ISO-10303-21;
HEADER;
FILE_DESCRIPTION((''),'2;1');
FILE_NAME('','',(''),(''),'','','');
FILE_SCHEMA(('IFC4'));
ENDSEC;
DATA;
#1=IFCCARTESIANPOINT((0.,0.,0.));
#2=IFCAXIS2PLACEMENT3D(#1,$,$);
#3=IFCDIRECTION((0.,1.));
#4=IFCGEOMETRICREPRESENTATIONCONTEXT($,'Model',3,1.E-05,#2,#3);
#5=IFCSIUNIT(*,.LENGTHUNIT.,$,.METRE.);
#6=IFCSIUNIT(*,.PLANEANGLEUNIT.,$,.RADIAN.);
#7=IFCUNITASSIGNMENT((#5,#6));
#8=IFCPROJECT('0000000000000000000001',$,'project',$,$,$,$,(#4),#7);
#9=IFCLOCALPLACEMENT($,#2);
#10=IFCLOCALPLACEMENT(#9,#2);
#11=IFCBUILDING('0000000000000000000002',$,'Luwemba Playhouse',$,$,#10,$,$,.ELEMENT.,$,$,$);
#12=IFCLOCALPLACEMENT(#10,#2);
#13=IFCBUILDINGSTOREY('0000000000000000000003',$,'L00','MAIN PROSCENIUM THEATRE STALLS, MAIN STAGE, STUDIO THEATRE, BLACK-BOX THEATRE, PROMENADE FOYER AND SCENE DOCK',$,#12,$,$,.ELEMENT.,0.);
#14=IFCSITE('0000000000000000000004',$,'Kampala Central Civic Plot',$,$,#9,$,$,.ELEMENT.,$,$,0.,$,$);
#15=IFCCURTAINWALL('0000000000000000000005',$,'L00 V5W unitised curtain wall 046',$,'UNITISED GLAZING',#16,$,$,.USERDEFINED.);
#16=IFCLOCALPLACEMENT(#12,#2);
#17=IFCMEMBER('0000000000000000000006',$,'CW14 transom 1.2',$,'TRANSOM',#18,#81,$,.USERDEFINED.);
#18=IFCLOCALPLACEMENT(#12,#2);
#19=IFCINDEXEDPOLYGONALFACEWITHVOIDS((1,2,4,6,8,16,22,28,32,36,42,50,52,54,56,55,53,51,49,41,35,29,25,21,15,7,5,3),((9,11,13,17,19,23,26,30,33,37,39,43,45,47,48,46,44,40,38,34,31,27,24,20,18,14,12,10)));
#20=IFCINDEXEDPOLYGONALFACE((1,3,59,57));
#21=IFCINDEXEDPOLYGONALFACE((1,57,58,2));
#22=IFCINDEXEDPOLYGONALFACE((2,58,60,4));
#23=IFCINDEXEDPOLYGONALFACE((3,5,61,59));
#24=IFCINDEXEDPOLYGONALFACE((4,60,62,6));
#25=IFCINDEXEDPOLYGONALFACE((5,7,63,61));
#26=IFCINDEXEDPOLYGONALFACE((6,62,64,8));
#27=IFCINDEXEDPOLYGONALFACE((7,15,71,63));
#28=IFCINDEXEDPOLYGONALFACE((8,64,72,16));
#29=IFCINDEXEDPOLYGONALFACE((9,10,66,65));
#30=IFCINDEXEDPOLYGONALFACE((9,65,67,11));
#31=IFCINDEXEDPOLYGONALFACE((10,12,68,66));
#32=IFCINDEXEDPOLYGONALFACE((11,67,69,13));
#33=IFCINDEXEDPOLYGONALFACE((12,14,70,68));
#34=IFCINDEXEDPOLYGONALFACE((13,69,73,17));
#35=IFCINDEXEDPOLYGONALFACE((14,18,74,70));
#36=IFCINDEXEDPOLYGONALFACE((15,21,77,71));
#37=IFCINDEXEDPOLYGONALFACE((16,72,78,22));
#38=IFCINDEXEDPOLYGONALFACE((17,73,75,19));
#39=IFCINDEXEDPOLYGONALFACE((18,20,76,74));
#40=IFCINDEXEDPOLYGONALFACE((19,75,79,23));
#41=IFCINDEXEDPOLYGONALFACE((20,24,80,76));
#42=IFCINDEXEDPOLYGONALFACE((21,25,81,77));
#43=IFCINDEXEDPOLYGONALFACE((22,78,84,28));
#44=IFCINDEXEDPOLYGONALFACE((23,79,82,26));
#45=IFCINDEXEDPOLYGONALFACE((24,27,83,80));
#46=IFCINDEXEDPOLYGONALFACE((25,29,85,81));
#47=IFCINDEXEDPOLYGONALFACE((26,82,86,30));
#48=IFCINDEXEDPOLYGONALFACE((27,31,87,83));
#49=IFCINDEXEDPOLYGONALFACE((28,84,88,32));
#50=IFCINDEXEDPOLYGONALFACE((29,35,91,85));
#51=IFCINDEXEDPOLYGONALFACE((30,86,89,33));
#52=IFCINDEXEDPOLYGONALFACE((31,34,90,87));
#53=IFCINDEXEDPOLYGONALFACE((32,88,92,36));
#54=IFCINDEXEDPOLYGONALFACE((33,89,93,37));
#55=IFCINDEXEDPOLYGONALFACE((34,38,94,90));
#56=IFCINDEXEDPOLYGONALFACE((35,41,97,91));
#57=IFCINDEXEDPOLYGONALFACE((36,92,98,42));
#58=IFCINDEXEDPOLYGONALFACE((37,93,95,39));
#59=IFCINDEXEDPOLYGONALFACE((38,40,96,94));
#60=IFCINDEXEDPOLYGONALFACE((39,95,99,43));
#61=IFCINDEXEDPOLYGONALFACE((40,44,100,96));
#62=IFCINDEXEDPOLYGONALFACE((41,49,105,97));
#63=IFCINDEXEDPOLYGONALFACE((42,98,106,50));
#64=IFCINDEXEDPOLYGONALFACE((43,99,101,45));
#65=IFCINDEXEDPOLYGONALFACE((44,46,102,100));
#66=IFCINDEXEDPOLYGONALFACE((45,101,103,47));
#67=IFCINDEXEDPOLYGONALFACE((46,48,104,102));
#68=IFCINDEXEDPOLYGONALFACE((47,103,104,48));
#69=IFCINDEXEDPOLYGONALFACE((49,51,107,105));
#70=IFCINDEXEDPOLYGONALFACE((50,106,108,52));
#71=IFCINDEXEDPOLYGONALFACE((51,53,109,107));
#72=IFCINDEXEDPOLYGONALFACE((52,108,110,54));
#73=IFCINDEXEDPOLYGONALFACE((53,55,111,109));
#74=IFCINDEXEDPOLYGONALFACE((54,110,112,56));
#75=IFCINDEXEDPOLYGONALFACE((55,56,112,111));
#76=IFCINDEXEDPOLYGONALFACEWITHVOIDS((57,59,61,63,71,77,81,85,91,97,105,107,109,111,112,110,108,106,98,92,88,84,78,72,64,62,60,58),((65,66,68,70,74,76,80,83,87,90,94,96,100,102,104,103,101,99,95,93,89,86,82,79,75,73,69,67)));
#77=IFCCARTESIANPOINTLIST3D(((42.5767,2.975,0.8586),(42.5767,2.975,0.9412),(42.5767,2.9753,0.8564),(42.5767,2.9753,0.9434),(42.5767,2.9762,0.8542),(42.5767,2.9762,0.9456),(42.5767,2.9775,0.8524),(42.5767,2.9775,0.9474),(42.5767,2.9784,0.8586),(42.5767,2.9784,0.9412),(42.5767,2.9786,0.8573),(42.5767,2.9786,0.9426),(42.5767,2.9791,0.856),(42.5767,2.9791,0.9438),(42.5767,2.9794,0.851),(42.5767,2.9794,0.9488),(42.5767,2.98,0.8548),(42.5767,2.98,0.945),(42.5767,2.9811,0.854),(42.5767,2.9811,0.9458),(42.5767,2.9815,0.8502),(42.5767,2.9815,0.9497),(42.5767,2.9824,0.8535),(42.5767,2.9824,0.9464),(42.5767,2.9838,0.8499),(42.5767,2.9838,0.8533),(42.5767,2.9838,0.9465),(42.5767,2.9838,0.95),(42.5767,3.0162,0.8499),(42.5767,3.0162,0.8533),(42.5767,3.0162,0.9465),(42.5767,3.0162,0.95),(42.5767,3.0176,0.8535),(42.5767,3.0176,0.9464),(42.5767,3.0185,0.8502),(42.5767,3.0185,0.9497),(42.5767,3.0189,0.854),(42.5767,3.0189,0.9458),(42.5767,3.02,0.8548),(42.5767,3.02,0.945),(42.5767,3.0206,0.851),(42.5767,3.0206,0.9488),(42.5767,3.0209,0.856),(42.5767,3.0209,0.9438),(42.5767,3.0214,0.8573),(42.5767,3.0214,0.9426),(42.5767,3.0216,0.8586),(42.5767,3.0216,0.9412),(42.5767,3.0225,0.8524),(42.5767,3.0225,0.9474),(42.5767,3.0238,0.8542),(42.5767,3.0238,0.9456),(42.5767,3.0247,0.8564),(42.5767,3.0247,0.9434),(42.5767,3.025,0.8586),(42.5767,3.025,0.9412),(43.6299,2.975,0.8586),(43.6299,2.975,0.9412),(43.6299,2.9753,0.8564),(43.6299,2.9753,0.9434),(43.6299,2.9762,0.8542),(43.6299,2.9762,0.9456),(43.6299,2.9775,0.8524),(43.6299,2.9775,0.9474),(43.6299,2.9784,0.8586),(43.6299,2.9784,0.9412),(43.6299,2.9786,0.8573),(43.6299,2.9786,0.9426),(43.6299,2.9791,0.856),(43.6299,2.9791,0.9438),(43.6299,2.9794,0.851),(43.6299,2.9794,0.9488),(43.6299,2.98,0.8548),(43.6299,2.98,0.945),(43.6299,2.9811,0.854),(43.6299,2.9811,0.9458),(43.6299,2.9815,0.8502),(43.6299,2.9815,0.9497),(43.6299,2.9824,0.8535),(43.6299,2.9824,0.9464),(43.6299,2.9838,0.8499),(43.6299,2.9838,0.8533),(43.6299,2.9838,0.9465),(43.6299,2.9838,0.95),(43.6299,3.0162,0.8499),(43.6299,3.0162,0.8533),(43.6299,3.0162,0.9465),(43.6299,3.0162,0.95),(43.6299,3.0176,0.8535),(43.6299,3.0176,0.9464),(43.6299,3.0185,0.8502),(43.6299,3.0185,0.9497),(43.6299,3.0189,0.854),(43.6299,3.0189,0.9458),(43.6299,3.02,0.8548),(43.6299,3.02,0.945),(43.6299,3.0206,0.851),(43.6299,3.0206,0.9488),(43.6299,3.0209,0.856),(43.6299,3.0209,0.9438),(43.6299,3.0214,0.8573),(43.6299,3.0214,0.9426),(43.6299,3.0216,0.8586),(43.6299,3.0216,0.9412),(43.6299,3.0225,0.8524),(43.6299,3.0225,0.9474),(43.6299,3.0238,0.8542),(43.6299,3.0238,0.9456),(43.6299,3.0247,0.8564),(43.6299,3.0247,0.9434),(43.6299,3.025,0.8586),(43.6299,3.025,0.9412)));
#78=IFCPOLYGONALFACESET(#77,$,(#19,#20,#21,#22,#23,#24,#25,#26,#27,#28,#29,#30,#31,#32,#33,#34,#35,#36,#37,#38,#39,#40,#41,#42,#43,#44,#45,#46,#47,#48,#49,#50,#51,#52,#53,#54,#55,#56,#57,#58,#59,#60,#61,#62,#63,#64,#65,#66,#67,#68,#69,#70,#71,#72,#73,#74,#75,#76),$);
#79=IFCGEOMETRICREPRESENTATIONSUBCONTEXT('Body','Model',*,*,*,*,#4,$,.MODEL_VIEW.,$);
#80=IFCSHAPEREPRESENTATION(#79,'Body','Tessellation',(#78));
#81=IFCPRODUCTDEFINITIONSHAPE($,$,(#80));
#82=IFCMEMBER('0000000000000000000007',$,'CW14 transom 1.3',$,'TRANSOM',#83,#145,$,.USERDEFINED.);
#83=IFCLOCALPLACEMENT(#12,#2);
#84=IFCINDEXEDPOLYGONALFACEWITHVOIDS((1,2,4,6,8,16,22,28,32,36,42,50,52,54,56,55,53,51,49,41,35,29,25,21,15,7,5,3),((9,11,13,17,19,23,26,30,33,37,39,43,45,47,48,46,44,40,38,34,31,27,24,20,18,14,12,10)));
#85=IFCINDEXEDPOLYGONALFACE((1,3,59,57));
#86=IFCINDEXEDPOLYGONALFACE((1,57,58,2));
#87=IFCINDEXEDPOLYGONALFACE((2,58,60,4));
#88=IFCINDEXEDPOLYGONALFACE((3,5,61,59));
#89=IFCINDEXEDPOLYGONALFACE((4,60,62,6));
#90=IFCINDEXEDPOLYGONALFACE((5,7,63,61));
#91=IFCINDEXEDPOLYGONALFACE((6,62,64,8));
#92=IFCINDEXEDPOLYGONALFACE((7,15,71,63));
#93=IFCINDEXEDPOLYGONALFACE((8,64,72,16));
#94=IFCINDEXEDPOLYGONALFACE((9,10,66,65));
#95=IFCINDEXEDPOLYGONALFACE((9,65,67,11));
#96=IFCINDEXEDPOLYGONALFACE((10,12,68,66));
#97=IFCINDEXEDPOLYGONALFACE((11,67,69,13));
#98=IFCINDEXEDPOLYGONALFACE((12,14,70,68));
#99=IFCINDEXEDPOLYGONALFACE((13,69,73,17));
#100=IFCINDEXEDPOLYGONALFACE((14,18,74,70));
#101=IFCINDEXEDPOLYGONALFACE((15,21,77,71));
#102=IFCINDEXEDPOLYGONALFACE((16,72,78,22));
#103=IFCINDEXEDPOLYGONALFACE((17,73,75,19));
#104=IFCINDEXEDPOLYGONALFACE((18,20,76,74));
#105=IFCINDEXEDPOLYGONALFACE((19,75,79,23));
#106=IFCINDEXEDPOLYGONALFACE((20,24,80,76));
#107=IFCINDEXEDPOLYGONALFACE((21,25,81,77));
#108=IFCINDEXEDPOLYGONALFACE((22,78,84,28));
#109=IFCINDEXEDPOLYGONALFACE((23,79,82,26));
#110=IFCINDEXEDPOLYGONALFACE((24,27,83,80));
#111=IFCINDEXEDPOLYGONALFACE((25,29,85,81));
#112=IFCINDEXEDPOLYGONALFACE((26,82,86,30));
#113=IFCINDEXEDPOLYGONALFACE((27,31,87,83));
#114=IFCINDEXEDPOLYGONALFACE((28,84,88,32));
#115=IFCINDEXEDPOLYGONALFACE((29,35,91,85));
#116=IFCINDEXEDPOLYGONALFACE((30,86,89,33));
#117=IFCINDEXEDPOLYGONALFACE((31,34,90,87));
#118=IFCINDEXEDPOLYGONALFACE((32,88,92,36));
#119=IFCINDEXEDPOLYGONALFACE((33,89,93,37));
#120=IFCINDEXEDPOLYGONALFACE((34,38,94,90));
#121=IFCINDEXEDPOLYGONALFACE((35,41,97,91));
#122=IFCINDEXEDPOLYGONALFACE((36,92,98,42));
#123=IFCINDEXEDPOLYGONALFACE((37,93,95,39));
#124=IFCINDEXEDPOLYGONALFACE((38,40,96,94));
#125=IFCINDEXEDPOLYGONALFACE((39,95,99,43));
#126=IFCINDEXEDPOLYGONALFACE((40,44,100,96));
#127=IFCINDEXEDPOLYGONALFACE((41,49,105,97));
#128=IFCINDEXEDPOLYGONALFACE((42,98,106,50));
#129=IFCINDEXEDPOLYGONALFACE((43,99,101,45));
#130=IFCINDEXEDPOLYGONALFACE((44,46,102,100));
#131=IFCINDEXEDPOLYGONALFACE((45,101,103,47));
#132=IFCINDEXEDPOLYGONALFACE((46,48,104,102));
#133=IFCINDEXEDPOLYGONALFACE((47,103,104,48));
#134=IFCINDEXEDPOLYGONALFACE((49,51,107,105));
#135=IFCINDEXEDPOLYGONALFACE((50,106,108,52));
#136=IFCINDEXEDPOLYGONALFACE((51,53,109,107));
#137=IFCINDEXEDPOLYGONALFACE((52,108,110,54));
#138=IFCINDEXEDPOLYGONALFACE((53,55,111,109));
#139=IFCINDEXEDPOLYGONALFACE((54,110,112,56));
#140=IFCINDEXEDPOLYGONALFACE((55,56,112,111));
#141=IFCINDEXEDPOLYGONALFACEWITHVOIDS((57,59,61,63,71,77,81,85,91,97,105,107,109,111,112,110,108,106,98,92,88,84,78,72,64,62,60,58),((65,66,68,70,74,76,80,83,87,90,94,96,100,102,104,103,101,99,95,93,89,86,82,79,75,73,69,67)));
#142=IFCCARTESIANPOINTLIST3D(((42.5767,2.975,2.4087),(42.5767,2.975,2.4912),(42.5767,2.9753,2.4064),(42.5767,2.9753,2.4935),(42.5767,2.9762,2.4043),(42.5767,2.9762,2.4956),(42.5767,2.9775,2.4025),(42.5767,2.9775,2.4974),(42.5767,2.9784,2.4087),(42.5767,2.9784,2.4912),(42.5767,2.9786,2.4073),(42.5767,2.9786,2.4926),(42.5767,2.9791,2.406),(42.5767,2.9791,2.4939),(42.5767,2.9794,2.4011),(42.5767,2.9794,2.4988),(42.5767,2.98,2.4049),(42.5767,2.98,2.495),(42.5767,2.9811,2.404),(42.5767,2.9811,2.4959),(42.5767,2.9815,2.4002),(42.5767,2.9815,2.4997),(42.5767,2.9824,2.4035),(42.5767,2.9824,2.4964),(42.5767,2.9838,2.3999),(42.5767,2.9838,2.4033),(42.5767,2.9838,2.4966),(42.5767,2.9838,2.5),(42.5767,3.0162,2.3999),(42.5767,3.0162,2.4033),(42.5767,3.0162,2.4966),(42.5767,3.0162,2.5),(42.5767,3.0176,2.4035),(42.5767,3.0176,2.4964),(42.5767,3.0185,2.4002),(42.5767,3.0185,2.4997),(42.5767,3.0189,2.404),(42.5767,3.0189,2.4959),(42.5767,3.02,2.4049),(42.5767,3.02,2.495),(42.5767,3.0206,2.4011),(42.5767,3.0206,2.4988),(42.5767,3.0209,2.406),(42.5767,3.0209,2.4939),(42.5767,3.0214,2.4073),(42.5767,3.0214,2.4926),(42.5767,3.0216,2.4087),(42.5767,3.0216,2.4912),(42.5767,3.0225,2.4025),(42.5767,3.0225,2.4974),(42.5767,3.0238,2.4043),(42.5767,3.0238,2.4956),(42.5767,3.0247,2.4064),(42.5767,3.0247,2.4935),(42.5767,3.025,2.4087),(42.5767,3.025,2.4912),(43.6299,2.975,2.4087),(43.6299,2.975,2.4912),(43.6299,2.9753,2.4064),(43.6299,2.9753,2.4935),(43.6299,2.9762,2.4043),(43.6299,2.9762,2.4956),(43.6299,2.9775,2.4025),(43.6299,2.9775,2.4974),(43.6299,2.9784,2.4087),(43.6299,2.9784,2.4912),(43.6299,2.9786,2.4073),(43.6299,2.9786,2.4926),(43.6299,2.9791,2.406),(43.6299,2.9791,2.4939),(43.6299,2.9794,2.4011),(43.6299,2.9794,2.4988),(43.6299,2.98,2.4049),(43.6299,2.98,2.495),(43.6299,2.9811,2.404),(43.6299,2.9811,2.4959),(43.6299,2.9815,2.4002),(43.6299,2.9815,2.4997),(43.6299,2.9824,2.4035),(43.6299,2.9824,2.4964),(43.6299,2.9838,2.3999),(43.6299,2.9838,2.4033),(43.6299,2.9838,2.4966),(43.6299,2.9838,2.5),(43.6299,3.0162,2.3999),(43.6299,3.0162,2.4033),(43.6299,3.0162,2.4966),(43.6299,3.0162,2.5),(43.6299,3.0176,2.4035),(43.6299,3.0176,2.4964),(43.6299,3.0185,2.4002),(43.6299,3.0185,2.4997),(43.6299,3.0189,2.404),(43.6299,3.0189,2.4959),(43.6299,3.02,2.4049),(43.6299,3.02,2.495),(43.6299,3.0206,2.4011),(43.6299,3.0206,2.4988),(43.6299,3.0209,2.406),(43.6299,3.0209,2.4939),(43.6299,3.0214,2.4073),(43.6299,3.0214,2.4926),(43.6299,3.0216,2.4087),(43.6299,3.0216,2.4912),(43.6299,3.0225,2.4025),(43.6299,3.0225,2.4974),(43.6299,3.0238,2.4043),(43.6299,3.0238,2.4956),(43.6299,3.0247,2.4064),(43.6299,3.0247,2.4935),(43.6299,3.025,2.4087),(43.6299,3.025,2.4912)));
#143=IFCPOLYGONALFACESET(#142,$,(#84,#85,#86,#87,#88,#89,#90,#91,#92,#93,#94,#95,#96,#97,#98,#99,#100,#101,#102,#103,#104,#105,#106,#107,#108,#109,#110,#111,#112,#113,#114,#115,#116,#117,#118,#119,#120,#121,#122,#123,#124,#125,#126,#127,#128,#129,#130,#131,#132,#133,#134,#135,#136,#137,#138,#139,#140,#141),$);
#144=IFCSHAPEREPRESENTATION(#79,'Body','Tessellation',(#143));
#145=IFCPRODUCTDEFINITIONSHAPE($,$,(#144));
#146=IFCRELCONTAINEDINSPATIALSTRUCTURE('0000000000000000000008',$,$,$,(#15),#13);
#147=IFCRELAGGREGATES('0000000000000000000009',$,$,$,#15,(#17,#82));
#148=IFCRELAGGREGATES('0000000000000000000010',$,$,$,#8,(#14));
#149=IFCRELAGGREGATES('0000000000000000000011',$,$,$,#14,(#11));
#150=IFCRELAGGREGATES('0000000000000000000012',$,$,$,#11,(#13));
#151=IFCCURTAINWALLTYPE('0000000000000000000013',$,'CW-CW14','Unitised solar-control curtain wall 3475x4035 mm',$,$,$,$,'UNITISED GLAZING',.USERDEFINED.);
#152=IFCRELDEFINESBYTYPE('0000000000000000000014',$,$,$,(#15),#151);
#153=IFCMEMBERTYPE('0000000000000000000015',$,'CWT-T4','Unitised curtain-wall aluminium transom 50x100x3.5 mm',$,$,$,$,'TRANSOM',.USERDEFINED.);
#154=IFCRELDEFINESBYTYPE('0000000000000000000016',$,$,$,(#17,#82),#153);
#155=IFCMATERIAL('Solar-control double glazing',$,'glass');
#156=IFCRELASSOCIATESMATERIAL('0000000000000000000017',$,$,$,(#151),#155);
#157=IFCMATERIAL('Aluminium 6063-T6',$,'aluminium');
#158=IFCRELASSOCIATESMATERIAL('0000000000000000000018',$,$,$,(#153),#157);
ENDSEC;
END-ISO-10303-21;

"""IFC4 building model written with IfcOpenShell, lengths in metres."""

from ifc_helpers import new_model, si_unit, direction, frame, origin, origin_2d, place, context, subcontext, project, spatial, hollow_rectangle, extrude, material, material_profile, profile_set, type_object, element, aggregate, save


model = new_model("IFC4")

# Units and contexts
model_context = context("Model", 3, precision=1e-05, world=origin(), true_north=direction((0.0, 1.0)))
body_context = subcontext(model_context, "Body", "Model", "MODEL_VIEW")
ifc_project = project(units=[si_unit("LENGTHUNIT", "METRE"), si_unit("PLANEANGLEUNIT", "RADIAN")], contexts=[model_context])

# Site, building, storey
site_placement = place(None, origin())
site = spatial("IfcSite", under=ifc_project, at=site_placement, Name="Kampala Central Civic Plot", CompositionType="ELEMENT", RefElevation=0.0)
building_placement = place(site_placement, origin())
building = spatial("IfcBuilding", under=site, at=building_placement, Name="Luwemba Playhouse", CompositionType="ELEMENT")
storey_placement = place(building_placement, origin())
storey = spatial("IfcBuildingStorey", under=building, at=storey_placement, Name="L00", Description="MAIN PROSCENIUM THEATRE STALLS, MAIN STAGE, STUDIO THEATRE, BLACK-BOX THEATRE, PROMENADE FOYER AND SCENE DOCK", CompositionType="ELEMENT", Elevation=0.0)

# Curtain wall, members
ifc_material_1 = material(Name="Solar-control double glazing", Category="glass")
curtain_wall_type = type_object("IfcCurtainWallType", Name="CW-CW14", Description="Unitised solar-control curtain wall 3475x4035 mm", ElementType="UNITISED GLAZING", PredefinedType="USERDEFINED", material=ifc_material_1)
curtain_wall_placement = place(storey_placement, origin())
curtain_wall = element("IfcCurtainWall", 1, at=curtain_wall_placement, inside=storey, type_object=curtain_wall_type, Name="L00 V5W unitised curtain wall 046", ObjectType="UNITISED GLAZING", PredefinedType="USERDEFINED")
ifc_material_2 = material(Name="Aluminium 6063-T6", Category="aluminium")
ifc_material_profile_1 = material_profile(ifc_material_2, hollow_rectangle(XDim=0.05, YDim=0.1001, WallThickness=0.0034, InnerFilletRadius=0.0054, OuterFilletRadius=0.0088, at=origin_2d()))
ifc_profile_set_1 = profile_set([ifc_material_profile_1], Name="Aluminium 6063-T6")
member_type_1 = type_object("IfcMemberType", Name="CWT-T4", Description="Unitised curtain-wall aluminium transom 50x100x3.5 mm", ElementType="TRANSOM", PredefinedType="USERDEFINED", material=ifc_profile_set_1)
member_1_placement = place(storey_placement, frame((43.6299, 3.0, 0.8999), z_axis=(-1.0, 0.0, 0.0), x_axis=(0.0, -1.0, 0.0)))
member_1 = element("IfcMember", 2, at=member_1_placement, type_object=member_type_1, Name="CW14 transom 1.2", ObjectType="TRANSOM", PredefinedType="USERDEFINED", context=body_context, shape_type="SweptSolid", body=[
    extrude(hollow_rectangle(XDim=0.05, YDim=0.1001, WallThickness=0.0034, InnerFilletRadius=0.0054, OuterFilletRadius=0.0088, at=origin_2d()), origin(), (0.0, 0.0, 1.0), 1.0532),
])
member_2_placement = place(storey_placement, frame((43.6299, 3.0, 2.45), z_axis=(-1.0, 0.0, 0.0), x_axis=(0.0, -1.0, 0.0)))
member_2 = element("IfcMember", 3, at=member_2_placement, type_object=member_type_1, Name="CW14 transom 1.3", ObjectType="TRANSOM", PredefinedType="USERDEFINED", context=body_context, shape_type="SweptSolid", body=[
    extrude(hollow_rectangle(XDim=0.05, YDim=0.1001, WallThickness=0.0034, InnerFilletRadius=0.0054, OuterFilletRadius=0.0088, at=origin_2d()), origin(), (0.0, 0.0, 1.0), 1.0532),
])
aggregate(curtain_wall, [member_1, member_2])

save(model, "model.ifc")
